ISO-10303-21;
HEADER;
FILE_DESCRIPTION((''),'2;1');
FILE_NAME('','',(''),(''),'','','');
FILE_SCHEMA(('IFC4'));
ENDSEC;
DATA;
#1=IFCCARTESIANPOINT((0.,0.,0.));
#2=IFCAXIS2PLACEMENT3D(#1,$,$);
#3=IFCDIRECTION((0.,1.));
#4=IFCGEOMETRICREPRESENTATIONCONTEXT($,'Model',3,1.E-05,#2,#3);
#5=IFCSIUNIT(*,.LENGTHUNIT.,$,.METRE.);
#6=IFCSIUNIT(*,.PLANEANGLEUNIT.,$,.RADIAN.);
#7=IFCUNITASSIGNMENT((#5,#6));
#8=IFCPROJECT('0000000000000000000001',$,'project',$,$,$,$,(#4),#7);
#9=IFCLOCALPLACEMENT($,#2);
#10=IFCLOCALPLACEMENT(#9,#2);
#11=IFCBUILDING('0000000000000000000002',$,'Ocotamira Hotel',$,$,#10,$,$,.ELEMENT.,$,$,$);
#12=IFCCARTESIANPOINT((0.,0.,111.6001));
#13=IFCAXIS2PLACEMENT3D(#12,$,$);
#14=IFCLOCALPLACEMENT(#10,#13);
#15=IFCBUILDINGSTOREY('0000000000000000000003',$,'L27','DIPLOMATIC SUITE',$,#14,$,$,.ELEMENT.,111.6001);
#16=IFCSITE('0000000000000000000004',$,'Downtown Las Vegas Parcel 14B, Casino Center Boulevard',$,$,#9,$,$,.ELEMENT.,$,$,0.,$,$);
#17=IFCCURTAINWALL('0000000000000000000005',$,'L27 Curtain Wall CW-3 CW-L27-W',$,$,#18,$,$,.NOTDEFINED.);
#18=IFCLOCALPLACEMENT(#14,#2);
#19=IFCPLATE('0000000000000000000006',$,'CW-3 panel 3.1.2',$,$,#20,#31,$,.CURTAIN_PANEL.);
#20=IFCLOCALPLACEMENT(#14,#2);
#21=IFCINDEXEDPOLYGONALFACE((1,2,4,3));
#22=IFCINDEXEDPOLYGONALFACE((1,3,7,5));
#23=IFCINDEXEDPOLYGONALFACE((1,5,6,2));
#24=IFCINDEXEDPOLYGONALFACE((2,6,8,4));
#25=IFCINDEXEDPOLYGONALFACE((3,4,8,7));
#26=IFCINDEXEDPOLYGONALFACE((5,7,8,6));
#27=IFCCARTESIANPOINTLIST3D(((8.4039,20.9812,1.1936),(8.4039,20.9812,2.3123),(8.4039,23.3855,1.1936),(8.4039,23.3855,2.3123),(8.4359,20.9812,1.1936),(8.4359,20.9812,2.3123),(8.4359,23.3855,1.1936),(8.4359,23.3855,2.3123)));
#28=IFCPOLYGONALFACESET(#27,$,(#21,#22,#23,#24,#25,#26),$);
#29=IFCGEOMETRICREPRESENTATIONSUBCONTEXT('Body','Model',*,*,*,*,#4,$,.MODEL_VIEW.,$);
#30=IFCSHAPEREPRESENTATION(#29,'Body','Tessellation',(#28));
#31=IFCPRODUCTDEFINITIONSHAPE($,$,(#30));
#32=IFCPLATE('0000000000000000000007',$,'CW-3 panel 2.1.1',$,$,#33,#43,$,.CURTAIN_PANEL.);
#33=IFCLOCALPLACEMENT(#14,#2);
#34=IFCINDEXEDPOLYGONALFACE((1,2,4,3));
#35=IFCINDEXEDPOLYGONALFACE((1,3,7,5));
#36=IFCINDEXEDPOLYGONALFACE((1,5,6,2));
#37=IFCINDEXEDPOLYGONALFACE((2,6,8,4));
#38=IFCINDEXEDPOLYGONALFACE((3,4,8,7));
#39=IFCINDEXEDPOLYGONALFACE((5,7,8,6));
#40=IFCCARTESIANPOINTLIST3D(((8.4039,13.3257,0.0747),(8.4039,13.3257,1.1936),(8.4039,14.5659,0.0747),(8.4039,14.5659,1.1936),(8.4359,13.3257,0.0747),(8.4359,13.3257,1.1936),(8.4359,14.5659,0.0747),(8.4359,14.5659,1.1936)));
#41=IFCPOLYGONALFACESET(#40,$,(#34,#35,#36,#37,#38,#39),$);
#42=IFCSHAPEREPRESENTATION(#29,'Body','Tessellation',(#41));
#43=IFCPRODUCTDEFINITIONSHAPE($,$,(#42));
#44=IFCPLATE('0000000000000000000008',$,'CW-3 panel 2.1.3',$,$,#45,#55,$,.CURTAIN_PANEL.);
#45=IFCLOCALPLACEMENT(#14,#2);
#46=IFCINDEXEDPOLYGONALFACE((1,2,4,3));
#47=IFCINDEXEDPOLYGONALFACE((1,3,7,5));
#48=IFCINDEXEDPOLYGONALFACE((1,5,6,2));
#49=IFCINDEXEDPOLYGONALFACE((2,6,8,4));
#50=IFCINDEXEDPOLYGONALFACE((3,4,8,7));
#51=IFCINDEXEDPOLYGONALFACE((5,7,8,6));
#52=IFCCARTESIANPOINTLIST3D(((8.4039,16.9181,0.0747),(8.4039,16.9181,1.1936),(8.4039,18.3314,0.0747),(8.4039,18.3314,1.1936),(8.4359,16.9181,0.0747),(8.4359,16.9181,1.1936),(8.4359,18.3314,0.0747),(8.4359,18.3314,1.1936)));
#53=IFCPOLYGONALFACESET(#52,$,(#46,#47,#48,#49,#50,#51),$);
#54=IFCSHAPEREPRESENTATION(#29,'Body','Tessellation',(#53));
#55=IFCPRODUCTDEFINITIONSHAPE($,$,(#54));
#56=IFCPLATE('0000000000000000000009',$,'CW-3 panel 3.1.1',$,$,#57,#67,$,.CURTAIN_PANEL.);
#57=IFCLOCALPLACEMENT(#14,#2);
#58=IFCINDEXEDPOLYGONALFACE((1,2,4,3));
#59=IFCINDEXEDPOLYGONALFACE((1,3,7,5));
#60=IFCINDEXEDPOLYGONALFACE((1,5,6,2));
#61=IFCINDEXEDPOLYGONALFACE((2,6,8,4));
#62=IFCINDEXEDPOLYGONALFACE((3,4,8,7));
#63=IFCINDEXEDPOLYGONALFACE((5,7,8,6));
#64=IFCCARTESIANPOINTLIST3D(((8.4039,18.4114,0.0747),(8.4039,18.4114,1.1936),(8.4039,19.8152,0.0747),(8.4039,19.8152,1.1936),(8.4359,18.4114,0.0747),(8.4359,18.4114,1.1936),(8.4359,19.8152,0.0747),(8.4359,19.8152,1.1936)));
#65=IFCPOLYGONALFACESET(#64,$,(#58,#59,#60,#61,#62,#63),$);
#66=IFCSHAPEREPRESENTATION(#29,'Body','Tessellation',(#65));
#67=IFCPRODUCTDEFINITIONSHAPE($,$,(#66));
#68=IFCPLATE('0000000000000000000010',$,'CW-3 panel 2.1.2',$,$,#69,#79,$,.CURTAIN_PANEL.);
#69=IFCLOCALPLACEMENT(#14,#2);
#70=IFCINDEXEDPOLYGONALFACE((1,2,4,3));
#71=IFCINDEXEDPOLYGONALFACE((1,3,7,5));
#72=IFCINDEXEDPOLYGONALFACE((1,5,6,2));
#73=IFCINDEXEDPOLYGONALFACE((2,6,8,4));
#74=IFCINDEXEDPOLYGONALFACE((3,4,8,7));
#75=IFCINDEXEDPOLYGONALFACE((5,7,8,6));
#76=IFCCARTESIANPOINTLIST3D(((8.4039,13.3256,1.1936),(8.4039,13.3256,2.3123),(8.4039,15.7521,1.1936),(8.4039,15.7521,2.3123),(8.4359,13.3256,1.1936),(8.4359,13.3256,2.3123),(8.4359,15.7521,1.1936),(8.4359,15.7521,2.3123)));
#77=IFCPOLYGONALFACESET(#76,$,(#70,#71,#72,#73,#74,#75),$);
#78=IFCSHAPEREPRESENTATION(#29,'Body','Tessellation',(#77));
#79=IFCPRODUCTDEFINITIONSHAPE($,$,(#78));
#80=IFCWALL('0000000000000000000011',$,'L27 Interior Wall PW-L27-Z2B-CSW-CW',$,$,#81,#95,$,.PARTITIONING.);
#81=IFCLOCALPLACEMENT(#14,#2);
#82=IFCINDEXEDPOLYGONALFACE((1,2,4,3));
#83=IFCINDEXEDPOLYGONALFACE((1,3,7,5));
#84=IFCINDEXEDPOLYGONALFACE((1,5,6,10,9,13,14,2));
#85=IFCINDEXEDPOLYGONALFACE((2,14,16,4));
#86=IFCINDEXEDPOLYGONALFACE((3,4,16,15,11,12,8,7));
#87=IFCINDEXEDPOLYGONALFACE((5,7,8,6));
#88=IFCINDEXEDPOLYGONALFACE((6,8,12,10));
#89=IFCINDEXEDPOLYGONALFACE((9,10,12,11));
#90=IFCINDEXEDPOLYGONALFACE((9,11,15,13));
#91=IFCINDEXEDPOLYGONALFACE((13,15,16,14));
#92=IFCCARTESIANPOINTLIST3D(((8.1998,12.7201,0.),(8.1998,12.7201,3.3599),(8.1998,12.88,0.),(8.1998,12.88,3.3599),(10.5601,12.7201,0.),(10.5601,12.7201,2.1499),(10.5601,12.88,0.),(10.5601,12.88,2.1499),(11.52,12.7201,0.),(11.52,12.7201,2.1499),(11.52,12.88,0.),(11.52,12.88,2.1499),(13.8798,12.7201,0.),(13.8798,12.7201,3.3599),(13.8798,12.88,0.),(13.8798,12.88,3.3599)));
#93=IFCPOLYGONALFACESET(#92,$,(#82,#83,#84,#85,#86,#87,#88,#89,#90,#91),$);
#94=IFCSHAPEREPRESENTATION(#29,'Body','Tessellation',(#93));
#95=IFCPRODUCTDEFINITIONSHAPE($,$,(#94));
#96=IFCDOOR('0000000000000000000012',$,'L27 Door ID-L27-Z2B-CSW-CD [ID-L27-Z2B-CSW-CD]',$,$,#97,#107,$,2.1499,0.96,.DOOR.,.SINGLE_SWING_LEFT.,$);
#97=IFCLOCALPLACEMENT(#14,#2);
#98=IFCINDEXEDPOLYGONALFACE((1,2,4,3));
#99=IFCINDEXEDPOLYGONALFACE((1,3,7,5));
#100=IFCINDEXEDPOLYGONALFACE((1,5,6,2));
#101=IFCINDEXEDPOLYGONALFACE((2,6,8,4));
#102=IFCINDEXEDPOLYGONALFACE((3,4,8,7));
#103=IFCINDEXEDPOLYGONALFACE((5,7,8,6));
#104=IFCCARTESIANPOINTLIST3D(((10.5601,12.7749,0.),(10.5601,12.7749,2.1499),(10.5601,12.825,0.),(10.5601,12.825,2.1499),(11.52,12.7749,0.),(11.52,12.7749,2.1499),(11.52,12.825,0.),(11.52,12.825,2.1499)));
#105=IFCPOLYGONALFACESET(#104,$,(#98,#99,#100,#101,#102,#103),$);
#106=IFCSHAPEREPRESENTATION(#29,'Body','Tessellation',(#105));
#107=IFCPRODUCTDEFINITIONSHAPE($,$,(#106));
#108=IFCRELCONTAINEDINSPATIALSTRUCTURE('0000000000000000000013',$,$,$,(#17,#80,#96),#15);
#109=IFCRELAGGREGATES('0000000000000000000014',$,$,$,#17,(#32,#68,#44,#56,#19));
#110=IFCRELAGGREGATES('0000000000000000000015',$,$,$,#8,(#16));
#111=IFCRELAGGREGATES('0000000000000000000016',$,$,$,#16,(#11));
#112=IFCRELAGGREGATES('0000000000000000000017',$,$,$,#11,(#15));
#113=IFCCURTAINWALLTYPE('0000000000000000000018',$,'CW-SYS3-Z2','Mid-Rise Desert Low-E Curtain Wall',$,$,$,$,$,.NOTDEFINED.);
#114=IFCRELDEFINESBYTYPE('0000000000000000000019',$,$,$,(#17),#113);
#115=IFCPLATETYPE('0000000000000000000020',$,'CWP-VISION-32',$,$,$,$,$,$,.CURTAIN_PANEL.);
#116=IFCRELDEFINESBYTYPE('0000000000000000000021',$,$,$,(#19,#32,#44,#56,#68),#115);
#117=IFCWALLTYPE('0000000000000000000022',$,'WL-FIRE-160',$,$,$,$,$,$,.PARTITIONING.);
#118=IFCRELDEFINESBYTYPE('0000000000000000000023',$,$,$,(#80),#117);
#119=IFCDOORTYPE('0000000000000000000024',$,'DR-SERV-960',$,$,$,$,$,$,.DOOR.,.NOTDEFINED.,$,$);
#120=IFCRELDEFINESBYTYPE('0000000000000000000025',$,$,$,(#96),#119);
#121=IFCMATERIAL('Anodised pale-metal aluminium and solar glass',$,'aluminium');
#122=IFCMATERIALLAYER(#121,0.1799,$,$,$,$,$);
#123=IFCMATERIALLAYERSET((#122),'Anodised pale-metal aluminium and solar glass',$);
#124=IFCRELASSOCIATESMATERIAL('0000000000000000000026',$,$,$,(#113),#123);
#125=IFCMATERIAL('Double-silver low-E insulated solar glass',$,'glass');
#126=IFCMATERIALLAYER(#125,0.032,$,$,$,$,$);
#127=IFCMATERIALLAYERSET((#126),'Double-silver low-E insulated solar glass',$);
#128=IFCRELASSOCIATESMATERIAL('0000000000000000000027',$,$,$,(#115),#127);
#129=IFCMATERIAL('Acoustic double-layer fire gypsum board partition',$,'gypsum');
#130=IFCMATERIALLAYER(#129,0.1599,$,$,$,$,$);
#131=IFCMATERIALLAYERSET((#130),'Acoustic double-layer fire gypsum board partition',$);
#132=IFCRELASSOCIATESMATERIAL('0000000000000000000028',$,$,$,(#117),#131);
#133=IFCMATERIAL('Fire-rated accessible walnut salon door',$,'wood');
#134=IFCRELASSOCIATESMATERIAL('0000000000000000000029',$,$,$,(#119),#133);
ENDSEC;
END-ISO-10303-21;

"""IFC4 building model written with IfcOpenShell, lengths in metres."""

from ifc_helpers import new_model, si_unit, direction, frame, frame_2d, origin, origin_2d, place, context, subcontext, project, spatial, rectangle, extrude, source, transform, mapped, material, layer, layer_set, type_object, element, fill, aggregate, save


model = new_model("IFC4")

# Units and contexts
model_context = context("Model", 3, precision=1e-05, world=origin(), true_north=direction((0.0, 1.0)))
body_context = subcontext(model_context, "Body", "Model", "MODEL_VIEW")
ifc_project = project(units=[si_unit("LENGTHUNIT", "METRE"), si_unit("PLANEANGLEUNIT", "RADIAN")], contexts=[model_context])

# Site, building, storey
site_placement = place(None, origin())
site = spatial("IfcSite", under=ifc_project, at=site_placement, Name="Downtown Las Vegas Parcel 14B, Casino Center Boulevard", CompositionType="ELEMENT", RefElevation=0.0)
building_placement = place(site_placement, origin())
building = spatial("IfcBuilding", under=site, at=building_placement, Name="Ocotamira Hotel", CompositionType="ELEMENT")
storey_placement = place(building_placement, frame((0.0, 0.0, 111.6001)))
storey = spatial("IfcBuildingStorey", under=building, at=storey_placement, Name="L27", Description="DIPLOMATIC SUITE", CompositionType="ELEMENT", Elevation=111.6001)

# Curtain wall
ifc_material_1 = material(Name="Anodised pale-metal aluminium and solar glass", Category="aluminium")
ifc_layer_1 = layer(ifc_material_1, 0.1799)
ifc_layer_set_1 = layer_set([ifc_layer_1], Name="Anodised pale-metal aluminium and solar glass")
curtain_wall_type = type_object("IfcCurtainWallType", Name="CW-SYS3-Z2", Description="Mid-Rise Desert Low-E Curtain Wall", PredefinedType="NOTDEFINED", material=ifc_layer_set_1)
curtain_wall_placement = place(storey_placement, origin())
curtain_wall = element("IfcCurtainWall", 1, at=curtain_wall_placement, inside=storey, type_object=curtain_wall_type, Name="L27 Curtain Wall CW-3 CW-L27-W", PredefinedType="NOTDEFINED")

# Plates
ifc_material_2 = material(Name="Double-silver low-E insulated solar glass", Category="glass")
ifc_layer_2 = layer(ifc_material_2, 0.032)
ifc_layer_set_2 = layer_set([ifc_layer_2], Name="Double-silver low-E insulated solar glass")
plate_type_1 = type_object("IfcPlateType", Name="CWP-VISION-32", PredefinedType="CURTAIN_PANEL", material=ifc_layer_set_2)
shared_shape_1 = source(origin(), body_context, "Body", "SweptSolid", [
    extrude(rectangle(XDim=2.4043, YDim=0.032, at=origin_2d()), origin(), (0.0, 0.0, 1.0), 1.1187),
])
plate_1_placement = place(storey_placement, frame((8.4199, 22.1833, 1.1936), z_axis=(0.0, 0.0, 1.0), x_axis=(0.0, 1.0, 0.0)))
plate_1 = element("IfcPlate", 2, at=plate_1_placement, type_object=plate_type_1, Name="CW-3 panel 3.1.2", PredefinedType="CURTAIN_PANEL", context=body_context, shape_type="MappedRepresentation", body=[
    mapped(shared_shape_1, transform((0.0, 0.0, 0.0), scale=1.0)),
])
shared_shape_2 = source(origin(), body_context, "Body", "SweptSolid", [
    extrude(rectangle(XDim=1.2402, YDim=0.032, at=origin_2d()), origin(), (0.0, 0.0, 1.0), 1.1189),
])
plate_2_placement = place(storey_placement, frame((8.4199, 13.9458, 0.0747), z_axis=(0.0, 0.0, 1.0), x_axis=(0.0, 1.0, 0.0)))
plate_2 = element("IfcPlate", 3, at=plate_2_placement, type_object=plate_type_1, Name="CW-3 panel 2.1.1", PredefinedType="CURTAIN_PANEL", context=body_context, shape_type="MappedRepresentation", body=[
    mapped(shared_shape_2, transform((0.0, 0.0, 0.0), scale=1.0)),
])
shared_shape_3 = source(origin(), body_context, "Body", "SweptSolid", [
    extrude(rectangle(XDim=1.4133, YDim=0.032, at=origin_2d()), origin(), (0.0, 0.0, 1.0), 1.1189),
])
plate_3_placement = place(storey_placement, frame((8.4199, 17.6248, 0.0747), z_axis=(0.0, 0.0, 1.0), x_axis=(0.0, 1.0, 0.0)))
plate_3 = element("IfcPlate", 4, at=plate_3_placement, type_object=plate_type_1, Name="CW-3 panel 2.1.3", PredefinedType="CURTAIN_PANEL", context=body_context, shape_type="MappedRepresentation", body=[
    mapped(shared_shape_3, transform((0.0, 0.0, 0.0), scale=1.0)),
])
shared_shape_4 = source(origin(), body_context, "Body", "SweptSolid", [
    extrude(rectangle(XDim=1.4038, YDim=0.032, at=origin_2d()), origin(), (0.0, 0.0, 1.0), 1.1189),
])
plate_4_placement = place(storey_placement, frame((8.4199, 19.1133, 0.0747), z_axis=(0.0, 0.0, 1.0), x_axis=(0.0, 1.0, 0.0)))
plate_4 = element("IfcPlate", 5, at=plate_4_placement, type_object=plate_type_1, Name="CW-3 panel 3.1.1", PredefinedType="CURTAIN_PANEL", context=body_context, shape_type="MappedRepresentation", body=[
    mapped(shared_shape_4, transform((0.0, 0.0, 0.0), scale=1.0)),
])
shared_shape_5 = source(origin(), body_context, "Body", "SweptSolid", [
    extrude(rectangle(XDim=2.4265, YDim=0.032, at=origin_2d()), origin(), (0.0, 0.0, 1.0), 1.1187),
])
plate_5_placement = place(storey_placement, frame((8.4199, 14.5388, 1.1936), z_axis=(0.0, 0.0, 1.0), x_axis=(0.0, 1.0, 0.0)))
plate_5 = element("IfcPlate", 6, at=plate_5_placement, type_object=plate_type_1, Name="CW-3 panel 2.1.2", PredefinedType="CURTAIN_PANEL", context=body_context, shape_type="MappedRepresentation", body=[
    mapped(shared_shape_5, transform((0.0, 0.0, 0.0), scale=1.0)),
])
aggregate(curtain_wall, [plate_2, plate_5, plate_3, plate_4, plate_1])

# Wall, opening, door
ifc_material_3 = material(Name="Acoustic double-layer fire gypsum board partition", Category="gypsum")
ifc_layer_3 = layer(ifc_material_3, 0.1599)
ifc_layer_set_3 = layer_set([ifc_layer_3], Name="Acoustic double-layer fire gypsum board partition")
wall_type = type_object("IfcWallType", Name="WL-FIRE-160", PredefinedType="PARTITIONING", material=ifc_layer_set_3)
wall_placement = place(storey_placement, frame((8.2, 12.8, 0.0), z_axis=(0.0, 0.0, 1.0), x_axis=(1.0, 0.0, 0.0)))
wall = element("IfcWall", 7, at=wall_placement, inside=storey, type_object=wall_type, Name="L27 Interior Wall PW-L27-Z2B-CSW-CW", PredefinedType="PARTITIONING", context=body_context, shape_type="SweptSolid", body=[
    extrude(rectangle(XDim=5.6799, YDim=0.1599, at=frame_2d((2.8398, 0.0))), origin(), (0.0, 0.0, 1.0), 3.3599),
])
opening_placement = place(wall_placement, frame((2.3601, 0.0, 0.0)))
opening = element("IfcOpeningElement", 8, at=opening_placement, cuts=wall, PredefinedType="OPENING", context=body_context, shape_type="SweptSolid", body=[
    extrude(rectangle(XDim=0.96, YDim=2.1499, at=frame_2d((0.48, 1.075))), frame((0.0, 0.0898, 0.0), z_axis=(0.0, -1.0, 0.0), x_axis=(1.0, 0.0, 0.0)), (0.0, 0.0, 1.0), 0.1799),
])
ifc_material_4 = material(Name="Fire-rated accessible walnut salon door", Category="wood")
door_type = type_object("IfcDoorType", Name="DR-SERV-960", OperationType="NOTDEFINED", PredefinedType="DOOR", material=ifc_material_4)
shared_shape_6 = source(origin(), body_context, "Body", "SweptSolid", [
    extrude(rectangle(XDim=0.96, YDim=2.1499, at=frame_2d((0.48, 1.075))), frame((0.0, 0.0249, 0.0), z_axis=(0.0, -1.0, 0.0), x_axis=(1.0, 0.0, 0.0)), (0.0, 0.0, 1.0), 0.05),
])
door_placement = place(opening_placement, origin())
door = element("IfcDoor", 9, at=door_placement, inside=storey, type_object=door_type, Name="L27 Door ID-L27-Z2B-CSW-CD [ID-L27-Z2B-CSW-CD]", OperationType="SINGLE_SWING_LEFT", OverallHeight=2.1499, OverallWidth=0.96, PredefinedType="DOOR", context=body_context, shape_type="MappedRepresentation", body=[
    mapped(shared_shape_6, transform((0.0, 0.0, 0.0), scale=1.0)),
])
fill(opening, door)

save(model, "model.ifc")
